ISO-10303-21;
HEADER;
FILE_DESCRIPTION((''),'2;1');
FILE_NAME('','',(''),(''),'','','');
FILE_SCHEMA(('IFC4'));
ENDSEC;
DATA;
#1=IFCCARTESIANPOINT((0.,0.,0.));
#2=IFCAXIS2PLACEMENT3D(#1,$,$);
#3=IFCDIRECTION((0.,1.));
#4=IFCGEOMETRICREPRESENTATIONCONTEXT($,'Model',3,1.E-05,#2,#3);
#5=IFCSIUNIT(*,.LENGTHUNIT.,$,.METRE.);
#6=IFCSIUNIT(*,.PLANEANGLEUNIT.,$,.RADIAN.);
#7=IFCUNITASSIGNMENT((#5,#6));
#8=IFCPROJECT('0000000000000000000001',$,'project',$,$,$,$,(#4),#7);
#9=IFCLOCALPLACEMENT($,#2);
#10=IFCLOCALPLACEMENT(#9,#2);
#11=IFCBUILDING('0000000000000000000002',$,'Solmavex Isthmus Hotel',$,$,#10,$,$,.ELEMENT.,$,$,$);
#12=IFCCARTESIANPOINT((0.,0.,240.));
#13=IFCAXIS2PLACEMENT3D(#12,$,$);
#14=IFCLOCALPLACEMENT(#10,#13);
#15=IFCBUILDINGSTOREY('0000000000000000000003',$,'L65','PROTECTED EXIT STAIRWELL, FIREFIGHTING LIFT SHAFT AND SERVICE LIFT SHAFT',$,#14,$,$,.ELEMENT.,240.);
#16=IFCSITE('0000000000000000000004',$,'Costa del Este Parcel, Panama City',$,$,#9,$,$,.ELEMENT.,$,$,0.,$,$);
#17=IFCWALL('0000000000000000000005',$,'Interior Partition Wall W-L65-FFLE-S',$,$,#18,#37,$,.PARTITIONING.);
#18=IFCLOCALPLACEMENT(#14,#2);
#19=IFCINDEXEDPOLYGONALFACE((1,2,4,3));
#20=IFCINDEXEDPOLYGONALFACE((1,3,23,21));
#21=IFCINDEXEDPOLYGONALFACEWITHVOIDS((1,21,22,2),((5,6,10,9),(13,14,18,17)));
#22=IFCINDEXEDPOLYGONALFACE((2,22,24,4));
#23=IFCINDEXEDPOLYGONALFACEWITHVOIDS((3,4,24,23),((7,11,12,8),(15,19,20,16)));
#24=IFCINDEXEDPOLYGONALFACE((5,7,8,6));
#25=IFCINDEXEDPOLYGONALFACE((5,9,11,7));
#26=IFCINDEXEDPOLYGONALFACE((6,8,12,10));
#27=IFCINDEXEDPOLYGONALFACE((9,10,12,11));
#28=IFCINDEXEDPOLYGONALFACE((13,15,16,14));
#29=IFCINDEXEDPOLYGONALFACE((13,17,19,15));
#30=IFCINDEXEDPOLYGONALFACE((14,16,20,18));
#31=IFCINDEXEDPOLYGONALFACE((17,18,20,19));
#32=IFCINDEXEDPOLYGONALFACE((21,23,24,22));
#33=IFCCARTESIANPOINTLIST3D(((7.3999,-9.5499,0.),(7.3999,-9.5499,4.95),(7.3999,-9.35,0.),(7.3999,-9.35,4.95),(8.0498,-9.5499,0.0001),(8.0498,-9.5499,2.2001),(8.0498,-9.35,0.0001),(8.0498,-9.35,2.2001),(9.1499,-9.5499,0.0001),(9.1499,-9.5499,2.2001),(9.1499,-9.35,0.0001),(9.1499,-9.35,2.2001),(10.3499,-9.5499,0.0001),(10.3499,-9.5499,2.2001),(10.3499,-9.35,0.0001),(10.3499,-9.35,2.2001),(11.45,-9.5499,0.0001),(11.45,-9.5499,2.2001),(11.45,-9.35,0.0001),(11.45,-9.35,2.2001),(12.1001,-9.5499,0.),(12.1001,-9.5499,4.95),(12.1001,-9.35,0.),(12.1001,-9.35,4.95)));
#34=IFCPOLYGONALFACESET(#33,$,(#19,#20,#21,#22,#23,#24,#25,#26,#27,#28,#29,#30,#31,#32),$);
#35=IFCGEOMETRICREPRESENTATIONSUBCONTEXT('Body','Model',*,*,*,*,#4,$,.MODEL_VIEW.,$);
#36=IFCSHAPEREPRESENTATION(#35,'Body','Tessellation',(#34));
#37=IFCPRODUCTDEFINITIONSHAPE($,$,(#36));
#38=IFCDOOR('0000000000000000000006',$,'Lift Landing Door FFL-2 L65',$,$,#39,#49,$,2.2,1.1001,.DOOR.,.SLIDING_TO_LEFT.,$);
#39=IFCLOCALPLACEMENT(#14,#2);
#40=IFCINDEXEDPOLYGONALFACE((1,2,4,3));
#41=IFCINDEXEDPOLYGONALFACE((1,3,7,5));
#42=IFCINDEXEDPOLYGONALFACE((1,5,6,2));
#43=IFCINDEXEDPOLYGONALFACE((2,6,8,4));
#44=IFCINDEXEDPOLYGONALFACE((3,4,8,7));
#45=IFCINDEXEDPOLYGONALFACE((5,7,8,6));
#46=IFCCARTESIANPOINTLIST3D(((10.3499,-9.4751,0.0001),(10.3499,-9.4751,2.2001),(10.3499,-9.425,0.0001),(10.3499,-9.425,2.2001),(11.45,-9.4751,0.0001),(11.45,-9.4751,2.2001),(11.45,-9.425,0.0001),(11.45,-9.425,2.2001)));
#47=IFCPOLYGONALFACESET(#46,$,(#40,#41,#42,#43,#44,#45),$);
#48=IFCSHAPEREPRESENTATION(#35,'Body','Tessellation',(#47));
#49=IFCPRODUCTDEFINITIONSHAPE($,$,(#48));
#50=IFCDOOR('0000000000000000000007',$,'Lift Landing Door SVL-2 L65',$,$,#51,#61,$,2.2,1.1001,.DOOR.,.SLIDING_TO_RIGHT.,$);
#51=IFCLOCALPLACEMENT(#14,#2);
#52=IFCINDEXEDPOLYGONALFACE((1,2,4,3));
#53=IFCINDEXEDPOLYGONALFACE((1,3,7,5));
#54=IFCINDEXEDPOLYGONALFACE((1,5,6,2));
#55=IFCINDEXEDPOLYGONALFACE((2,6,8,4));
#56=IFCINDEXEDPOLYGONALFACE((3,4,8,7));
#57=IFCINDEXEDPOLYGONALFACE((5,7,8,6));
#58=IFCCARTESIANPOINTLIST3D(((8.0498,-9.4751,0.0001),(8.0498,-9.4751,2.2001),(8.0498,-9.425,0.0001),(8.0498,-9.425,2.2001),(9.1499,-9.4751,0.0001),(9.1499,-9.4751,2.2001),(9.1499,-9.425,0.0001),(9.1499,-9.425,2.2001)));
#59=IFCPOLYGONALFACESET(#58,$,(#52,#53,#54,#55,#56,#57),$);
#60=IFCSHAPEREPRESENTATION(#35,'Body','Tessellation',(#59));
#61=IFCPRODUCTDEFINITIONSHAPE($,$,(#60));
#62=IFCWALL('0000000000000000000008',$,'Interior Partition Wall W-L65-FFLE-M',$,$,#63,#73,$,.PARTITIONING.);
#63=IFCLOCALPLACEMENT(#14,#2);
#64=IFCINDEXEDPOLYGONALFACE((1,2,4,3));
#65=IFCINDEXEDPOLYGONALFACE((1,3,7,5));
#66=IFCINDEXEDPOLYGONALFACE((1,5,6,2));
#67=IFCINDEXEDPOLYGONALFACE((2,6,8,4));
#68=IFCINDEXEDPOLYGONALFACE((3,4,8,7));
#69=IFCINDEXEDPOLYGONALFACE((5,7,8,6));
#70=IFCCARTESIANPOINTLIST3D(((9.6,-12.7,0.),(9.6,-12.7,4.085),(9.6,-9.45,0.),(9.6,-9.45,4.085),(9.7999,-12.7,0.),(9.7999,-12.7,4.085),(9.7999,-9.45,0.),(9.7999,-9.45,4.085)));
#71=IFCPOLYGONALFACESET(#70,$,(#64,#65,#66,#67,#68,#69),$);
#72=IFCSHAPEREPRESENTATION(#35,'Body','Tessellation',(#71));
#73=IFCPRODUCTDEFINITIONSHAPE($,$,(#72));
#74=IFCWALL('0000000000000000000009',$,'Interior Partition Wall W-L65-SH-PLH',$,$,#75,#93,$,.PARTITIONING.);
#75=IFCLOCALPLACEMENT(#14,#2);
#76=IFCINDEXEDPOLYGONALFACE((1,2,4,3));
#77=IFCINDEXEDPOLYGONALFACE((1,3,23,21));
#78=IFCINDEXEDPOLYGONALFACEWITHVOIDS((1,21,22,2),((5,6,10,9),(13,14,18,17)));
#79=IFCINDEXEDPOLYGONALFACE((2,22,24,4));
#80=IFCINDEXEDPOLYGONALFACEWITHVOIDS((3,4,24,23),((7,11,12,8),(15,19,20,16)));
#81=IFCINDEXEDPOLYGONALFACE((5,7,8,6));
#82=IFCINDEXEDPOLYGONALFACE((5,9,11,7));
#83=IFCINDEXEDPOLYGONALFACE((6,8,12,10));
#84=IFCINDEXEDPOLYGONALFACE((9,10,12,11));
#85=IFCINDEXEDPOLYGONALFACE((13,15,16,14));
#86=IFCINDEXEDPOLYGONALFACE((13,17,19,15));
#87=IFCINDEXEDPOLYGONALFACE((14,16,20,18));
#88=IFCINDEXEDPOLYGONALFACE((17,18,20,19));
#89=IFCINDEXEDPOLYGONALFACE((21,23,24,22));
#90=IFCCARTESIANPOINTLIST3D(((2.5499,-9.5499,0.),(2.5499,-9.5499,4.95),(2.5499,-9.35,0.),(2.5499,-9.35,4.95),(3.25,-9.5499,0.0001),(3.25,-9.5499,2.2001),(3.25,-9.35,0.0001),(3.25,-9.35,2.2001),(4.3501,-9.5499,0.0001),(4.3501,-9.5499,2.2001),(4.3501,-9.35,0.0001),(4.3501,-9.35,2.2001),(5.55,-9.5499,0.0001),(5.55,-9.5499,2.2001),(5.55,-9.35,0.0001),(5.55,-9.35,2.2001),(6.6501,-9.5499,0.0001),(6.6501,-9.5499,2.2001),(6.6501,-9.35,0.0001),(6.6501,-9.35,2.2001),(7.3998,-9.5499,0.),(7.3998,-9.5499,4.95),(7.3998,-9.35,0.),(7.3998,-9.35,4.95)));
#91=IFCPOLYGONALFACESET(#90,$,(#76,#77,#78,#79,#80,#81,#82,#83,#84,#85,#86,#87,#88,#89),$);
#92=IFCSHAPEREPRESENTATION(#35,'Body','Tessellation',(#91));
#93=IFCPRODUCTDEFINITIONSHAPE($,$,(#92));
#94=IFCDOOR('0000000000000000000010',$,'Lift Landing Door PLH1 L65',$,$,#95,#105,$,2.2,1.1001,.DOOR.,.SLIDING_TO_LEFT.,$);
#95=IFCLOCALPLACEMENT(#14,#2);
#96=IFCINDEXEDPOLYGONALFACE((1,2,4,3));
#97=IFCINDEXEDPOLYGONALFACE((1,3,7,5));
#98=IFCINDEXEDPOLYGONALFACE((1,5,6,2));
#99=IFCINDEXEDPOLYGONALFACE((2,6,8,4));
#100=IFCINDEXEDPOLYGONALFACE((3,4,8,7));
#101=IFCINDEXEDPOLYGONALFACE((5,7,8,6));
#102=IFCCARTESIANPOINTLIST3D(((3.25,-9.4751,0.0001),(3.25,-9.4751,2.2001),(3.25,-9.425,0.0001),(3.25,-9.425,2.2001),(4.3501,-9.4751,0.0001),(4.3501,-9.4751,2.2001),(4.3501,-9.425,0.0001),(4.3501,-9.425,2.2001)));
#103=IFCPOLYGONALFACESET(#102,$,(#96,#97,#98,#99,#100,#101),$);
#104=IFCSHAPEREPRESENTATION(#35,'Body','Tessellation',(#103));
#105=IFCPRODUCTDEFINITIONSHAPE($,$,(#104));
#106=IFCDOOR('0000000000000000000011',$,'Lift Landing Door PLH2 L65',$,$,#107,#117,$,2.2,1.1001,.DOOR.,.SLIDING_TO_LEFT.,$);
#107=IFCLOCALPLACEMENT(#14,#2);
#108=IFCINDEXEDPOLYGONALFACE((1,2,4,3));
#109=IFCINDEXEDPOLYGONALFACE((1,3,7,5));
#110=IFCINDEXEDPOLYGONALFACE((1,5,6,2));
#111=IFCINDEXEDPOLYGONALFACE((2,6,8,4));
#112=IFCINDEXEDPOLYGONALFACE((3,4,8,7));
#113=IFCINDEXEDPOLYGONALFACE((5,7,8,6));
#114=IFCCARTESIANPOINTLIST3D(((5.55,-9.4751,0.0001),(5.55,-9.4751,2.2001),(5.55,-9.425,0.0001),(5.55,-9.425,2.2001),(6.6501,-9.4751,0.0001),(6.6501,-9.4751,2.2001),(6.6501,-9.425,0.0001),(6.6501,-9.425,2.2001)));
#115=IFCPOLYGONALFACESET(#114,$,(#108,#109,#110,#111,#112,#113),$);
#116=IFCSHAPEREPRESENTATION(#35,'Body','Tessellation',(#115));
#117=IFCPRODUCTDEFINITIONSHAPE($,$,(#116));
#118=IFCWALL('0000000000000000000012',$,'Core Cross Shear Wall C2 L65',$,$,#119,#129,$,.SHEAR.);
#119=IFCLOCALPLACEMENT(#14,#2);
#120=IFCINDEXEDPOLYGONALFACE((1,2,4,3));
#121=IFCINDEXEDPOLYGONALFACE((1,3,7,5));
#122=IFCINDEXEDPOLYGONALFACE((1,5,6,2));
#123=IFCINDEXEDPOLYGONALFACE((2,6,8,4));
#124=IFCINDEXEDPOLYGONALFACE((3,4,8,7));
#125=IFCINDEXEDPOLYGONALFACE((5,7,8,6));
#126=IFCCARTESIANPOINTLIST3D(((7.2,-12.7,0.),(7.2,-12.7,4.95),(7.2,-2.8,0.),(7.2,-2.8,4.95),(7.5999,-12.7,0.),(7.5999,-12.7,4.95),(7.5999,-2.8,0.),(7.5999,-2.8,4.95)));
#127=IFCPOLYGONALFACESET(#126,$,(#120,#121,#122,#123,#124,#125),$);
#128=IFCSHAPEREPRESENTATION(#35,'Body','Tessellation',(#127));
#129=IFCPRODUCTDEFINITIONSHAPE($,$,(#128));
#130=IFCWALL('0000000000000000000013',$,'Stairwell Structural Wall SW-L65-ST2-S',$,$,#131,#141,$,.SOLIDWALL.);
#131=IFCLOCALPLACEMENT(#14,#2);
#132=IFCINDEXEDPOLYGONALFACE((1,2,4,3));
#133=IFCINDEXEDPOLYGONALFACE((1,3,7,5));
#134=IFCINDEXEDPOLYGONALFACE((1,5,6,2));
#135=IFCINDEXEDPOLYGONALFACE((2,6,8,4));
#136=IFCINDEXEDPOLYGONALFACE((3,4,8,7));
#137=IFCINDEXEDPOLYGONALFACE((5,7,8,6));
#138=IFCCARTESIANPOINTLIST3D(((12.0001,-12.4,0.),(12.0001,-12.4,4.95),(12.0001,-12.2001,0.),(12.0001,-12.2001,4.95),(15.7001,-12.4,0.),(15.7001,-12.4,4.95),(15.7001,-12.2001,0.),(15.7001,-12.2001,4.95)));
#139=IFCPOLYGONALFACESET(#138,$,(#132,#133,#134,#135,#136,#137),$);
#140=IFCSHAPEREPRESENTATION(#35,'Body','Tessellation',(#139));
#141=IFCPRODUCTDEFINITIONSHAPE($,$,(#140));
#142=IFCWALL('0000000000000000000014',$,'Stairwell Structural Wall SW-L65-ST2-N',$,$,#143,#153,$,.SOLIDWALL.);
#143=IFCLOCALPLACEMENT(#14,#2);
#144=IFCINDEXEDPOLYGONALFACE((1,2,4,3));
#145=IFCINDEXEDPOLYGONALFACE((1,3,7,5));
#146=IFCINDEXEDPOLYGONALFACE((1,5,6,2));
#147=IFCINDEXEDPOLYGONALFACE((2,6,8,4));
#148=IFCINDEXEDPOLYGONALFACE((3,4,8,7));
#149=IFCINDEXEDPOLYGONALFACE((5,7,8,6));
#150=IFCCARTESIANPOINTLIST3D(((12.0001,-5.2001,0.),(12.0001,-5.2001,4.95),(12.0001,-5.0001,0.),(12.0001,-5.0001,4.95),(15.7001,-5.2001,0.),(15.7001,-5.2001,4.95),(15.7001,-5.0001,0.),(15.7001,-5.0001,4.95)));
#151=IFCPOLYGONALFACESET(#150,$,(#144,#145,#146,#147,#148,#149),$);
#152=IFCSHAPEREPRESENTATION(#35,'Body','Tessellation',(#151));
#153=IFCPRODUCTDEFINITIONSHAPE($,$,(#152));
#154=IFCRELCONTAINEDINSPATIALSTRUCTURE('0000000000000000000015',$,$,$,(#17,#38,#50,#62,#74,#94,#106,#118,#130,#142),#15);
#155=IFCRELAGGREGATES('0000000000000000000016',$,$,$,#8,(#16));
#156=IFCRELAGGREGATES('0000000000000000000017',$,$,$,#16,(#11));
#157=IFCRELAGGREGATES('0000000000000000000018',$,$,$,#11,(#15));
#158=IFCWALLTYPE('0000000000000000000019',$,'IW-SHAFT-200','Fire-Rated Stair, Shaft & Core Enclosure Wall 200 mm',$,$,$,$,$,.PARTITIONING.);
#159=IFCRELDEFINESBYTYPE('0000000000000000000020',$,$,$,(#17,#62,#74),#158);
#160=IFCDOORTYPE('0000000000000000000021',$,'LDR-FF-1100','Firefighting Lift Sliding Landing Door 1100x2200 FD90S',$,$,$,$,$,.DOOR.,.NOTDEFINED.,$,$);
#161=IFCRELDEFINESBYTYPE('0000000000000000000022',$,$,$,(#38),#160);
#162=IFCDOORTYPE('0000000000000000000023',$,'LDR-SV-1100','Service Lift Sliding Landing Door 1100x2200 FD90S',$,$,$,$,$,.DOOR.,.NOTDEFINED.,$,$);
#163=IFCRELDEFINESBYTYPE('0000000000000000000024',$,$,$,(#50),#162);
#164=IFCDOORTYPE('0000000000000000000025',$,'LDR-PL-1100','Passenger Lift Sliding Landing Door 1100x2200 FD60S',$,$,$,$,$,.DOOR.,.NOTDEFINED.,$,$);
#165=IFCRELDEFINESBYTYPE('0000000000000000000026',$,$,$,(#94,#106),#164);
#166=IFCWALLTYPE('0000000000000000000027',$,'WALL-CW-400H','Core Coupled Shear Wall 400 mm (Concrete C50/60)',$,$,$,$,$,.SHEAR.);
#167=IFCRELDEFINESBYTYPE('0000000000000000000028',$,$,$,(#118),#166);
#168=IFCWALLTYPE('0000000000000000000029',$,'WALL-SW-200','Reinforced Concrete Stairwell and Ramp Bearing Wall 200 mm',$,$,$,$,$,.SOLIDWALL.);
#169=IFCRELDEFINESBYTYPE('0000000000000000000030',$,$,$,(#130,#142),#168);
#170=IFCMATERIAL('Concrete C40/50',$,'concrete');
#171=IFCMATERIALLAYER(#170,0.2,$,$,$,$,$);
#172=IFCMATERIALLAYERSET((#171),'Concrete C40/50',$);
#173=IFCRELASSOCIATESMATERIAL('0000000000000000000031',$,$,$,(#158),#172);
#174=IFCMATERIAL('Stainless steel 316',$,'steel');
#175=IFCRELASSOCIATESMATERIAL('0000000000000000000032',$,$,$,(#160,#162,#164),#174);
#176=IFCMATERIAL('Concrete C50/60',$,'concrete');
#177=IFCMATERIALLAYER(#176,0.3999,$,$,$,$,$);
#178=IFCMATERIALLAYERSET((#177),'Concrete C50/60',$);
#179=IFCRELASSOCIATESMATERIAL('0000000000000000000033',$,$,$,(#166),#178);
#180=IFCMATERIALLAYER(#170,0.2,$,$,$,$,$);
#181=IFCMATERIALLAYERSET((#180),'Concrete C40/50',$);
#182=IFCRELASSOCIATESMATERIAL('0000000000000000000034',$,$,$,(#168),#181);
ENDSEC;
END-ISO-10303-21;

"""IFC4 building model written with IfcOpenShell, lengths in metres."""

from ifc_helpers import new_model, si_unit, direction, frame, frame_2d, origin, place, context, subcontext, project, spatial, rectangle, extrude, material, layer, layer_set, type_object, element, fill, save


model = new_model("IFC4")

# Units and contexts
model_context = context("Model", 3, precision=1e-05, world=origin(), true_north=direction((0.0, 1.0)))
body_context = subcontext(model_context, "Body", "Model", "MODEL_VIEW")
ifc_project = project(units=[si_unit("LENGTHUNIT", "METRE"), si_unit("PLANEANGLEUNIT", "RADIAN")], contexts=[model_context])

# Site, building, storey
site_placement = place(None, origin())
site = spatial("IfcSite", under=ifc_project, at=site_placement, Name="Costa del Este Parcel, Panama City", CompositionType="ELEMENT", RefElevation=0.0)
building_placement = place(site_placement, origin())
building = spatial("IfcBuilding", under=site, at=building_placement, Name="Solmavex Isthmus Hotel", CompositionType="ELEMENT")
storey_placement = place(building_placement, frame((0.0, 0.0, 240.0)))
storey = spatial("IfcBuildingStorey", under=building, at=storey_placement, Name="L65", Description="PROTECTED EXIT STAIRWELL, FIREFIGHTING LIFT SHAFT AND SERVICE LIFT SHAFT", CompositionType="ELEMENT", Elevation=240.0)

# Shared definitions
ifc_material_1 = material(Name="Concrete C50/60", Category="concrete")

# Shared definitions
ifc_material_2 = material(Name="Concrete C40/50", Category="concrete")

# Shared definitions
ifc_layer_1 = layer(ifc_material_2, 0.2)
ifc_layer_set_1 = layer_set([ifc_layer_1], Name="Concrete C40/50")
wall_type_1 = type_object("IfcWallType", Name="IW-SHAFT-200", Description="Fire-Rated Stair, Shaft & Core Enclosure Wall 200 mm", PredefinedType="PARTITIONING", material=ifc_layer_set_1)

# Wall, openings, doors
wall_1_placement = place(storey_placement, frame((7.3999, -9.45, 0.0), z_axis=(0.0, 0.0, 1.0), x_axis=(1.0, 0.0, 0.0)))
wall_1 = element("IfcWall", 1, at=wall_1_placement, inside=storey, type_object=wall_type_1, Name="Interior Partition Wall W-L65-FFLE-S", PredefinedType="PARTITIONING", context=body_context, shape_type="SweptSolid", body=[
    extrude(rectangle(XDim=4.7002, YDim=0.2, at=frame_2d((2.3501, 0.0))), origin(), (0.0, 0.0, 1.0), 4.95),
])
opening_1_placement = place(wall_1_placement, frame((2.95, 0.0, 0.0)))
opening_1 = element("IfcOpeningElement", 2, at=opening_1_placement, cuts=wall_1, PredefinedType="OPENING", context=body_context, shape_type="SweptSolid", body=[
    extrude(rectangle(XDim=1.1001, YDim=2.2, at=frame_2d((0.55, 1.1001))), frame((0.0, 0.1099, 0.0), z_axis=(0.0, -1.0, 0.0), x_axis=(1.0, 0.0, 0.0)), (0.0, 0.0, 1.0), 0.22),
])
opening_2_placement = place(wall_1_placement, frame((0.6499, 0.0, 0.0)))
opening_2 = element("IfcOpeningElement", 3, at=opening_2_placement, cuts=wall_1, PredefinedType="OPENING", context=body_context, shape_type="SweptSolid", body=[
    extrude(rectangle(XDim=1.1001, YDim=2.2, at=frame_2d((0.55, 1.1001))), frame((0.0, 0.1099, 0.0), z_axis=(0.0, -1.0, 0.0), x_axis=(1.0, 0.0, 0.0)), (0.0, 0.0, 1.0), 0.22),
])
ifc_material_3 = material(Name="Stainless steel 316", Category="steel")
door_type_1 = type_object("IfcDoorType", Name="LDR-FF-1100", Description="Firefighting Lift Sliding Landing Door 1100x2200 FD90S", OperationType="NOTDEFINED", PredefinedType="DOOR", material=ifc_material_3)
door_1_placement = place(opening_1_placement, origin())
door_1 = element("IfcDoor", 4, at=door_1_placement, inside=storey, type_object=door_type_1, Name="Lift Landing Door FFL-2 L65", OperationType="SLIDING_TO_LEFT", OverallHeight=2.2, OverallWidth=1.1001, PredefinedType="DOOR", context=body_context, shape_type="SweptSolid", body=[
    extrude(rectangle(XDim=1.1001, YDim=2.2, at=frame_2d((0.55, 1.1001))), frame((0.0, 0.0249, 0.0), z_axis=(0.0, -1.0, 0.0), x_axis=(1.0, 0.0, 0.0)), (0.0, 0.0, 1.0), 0.05),
])
fill(opening_1, door_1)
door_type_2 = type_object("IfcDoorType", Name="LDR-SV-1100", Description="Service Lift Sliding Landing Door 1100x2200 FD90S", OperationType="NOTDEFINED", PredefinedType="DOOR", material=ifc_material_3)
door_2_placement = place(opening_2_placement, origin())
door_2 = element("IfcDoor", 5, at=door_2_placement, inside=storey, type_object=door_type_2, Name="Lift Landing Door SVL-2 L65", OperationType="SLIDING_TO_RIGHT", OverallHeight=2.2, OverallWidth=1.1001, PredefinedType="DOOR", context=body_context, shape_type="SweptSolid", body=[
    extrude(rectangle(XDim=1.1001, YDim=2.2, at=frame_2d((0.55, 1.1001))), frame((0.0, 0.0249, 0.0), z_axis=(0.0, -1.0, 0.0), x_axis=(1.0, 0.0, 0.0)), (0.0, 0.0, 1.0), 0.05),
])
fill(opening_2, door_2)

# Wall
wall_2_placement = place(storey_placement, frame((9.7, -12.7, 0.0), z_axis=(0.0, 0.0, 1.0), x_axis=(0.0, 1.0, 0.0)))
element("IfcWall", 6, at=wall_2_placement, inside=storey, type_object=wall_type_1, Name="Interior Partition Wall W-L65-FFLE-M", PredefinedType="PARTITIONING", context=body_context, shape_type="SweptSolid", body=[
    extrude(rectangle(XDim=3.25, YDim=0.2, at=frame_2d((1.625, 0.0))), origin(), (0.0, 0.0, 1.0), 4.085),
])

# Wall, openings, doors
wall_3_placement = place(storey_placement, frame((2.55, -9.45, 0.0), z_axis=(0.0, 0.0, 1.0), x_axis=(1.0, 0.0, 0.0)))
wall_3 = element("IfcWall", 7, at=wall_3_placement, inside=storey, type_object=wall_type_1, Name="Interior Partition Wall W-L65-SH-PLH", PredefinedType="PARTITIONING", context=body_context, shape_type="SweptSolid", body=[
    extrude(rectangle(XDim=4.8499, YDim=0.2, at=frame_2d((2.4248, 0.0))), origin(), (0.0, 0.0, 1.0), 4.95),
])
opening_3_placement = place(wall_3_placement, frame((0.7, 0.0, 0.0)))
opening_3 = element("IfcOpeningElement", 8, at=opening_3_placement, cuts=wall_3, PredefinedType="OPENING", context=body_context, shape_type="SweptSolid", body=[
    extrude(rectangle(XDim=1.1001, YDim=2.2, at=frame_2d((0.55, 1.1001))), frame((0.0, 0.1099, 0.0), z_axis=(0.0, -1.0, 0.0), x_axis=(1.0, 0.0, 0.0)), (0.0, 0.0, 1.0), 0.22),
])
opening_4_placement = place(wall_3_placement, frame((3.0, 0.0, 0.0)))
opening_4 = element("IfcOpeningElement", 9, at=opening_4_placement, cuts=wall_3, PredefinedType="OPENING", context=body_context, shape_type="SweptSolid", body=[
    extrude(rectangle(XDim=1.1001, YDim=2.2, at=frame_2d((0.55, 1.1001))), frame((0.0, 0.1099, 0.0), z_axis=(0.0, -1.0, 0.0), x_axis=(1.0, 0.0, 0.0)), (0.0, 0.0, 1.0), 0.22),
])
door_type_3 = type_object("IfcDoorType", Name="LDR-PL-1100", Description="Passenger Lift Sliding Landing Door 1100x2200 FD60S", OperationType="NOTDEFINED", PredefinedType="DOOR", material=ifc_material_3)
door_3_placement = place(opening_3_placement, origin())
door_3 = element("IfcDoor", 10, at=door_3_placement, inside=storey, type_object=door_type_3, Name="Lift Landing Door PLH1 L65", OperationType="SLIDING_TO_LEFT", OverallHeight=2.2, OverallWidth=1.1001, PredefinedType="DOOR", context=body_context, shape_type="SweptSolid", body=[
    extrude(rectangle(XDim=1.1001, YDim=2.2, at=frame_2d((0.55, 1.1001))), frame((0.0, 0.0249, 0.0), z_axis=(0.0, -1.0, 0.0), x_axis=(1.0, 0.0, 0.0)), (0.0, 0.0, 1.0), 0.05),
])
fill(opening_3, door_3)
door_4_placement = place(opening_4_placement, origin())
door_4 = element("IfcDoor", 11, at=door_4_placement, inside=storey, type_object=door_type_3, Name="Lift Landing Door PLH2 L65", OperationType="SLIDING_TO_LEFT", OverallHeight=2.2, OverallWidth=1.1001, PredefinedType="DOOR", context=body_context, shape_type="SweptSolid", body=[
    extrude(rectangle(XDim=1.1001, YDim=2.2, at=frame_2d((0.55, 1.1001))), frame((0.0, 0.0249, 0.0), z_axis=(0.0, -1.0, 0.0), x_axis=(1.0, 0.0, 0.0)), (0.0, 0.0, 1.0), 0.05),
])
fill(opening_4, door_4)

# Walls
ifc_layer_2 = layer(ifc_material_1, 0.3999)
ifc_layer_set_2 = layer_set([ifc_layer_2], Name="Concrete C50/60")
wall_type_2 = type_object("IfcWallType", Name="WALL-CW-400H", Description="Core Coupled Shear Wall 400 mm (Concrete C50/60)", PredefinedType="SHEAR", material=ifc_layer_set_2)
wall_4_placement = place(storey_placement, frame((7.3999, -12.7, 0.0), z_axis=(0.0, 0.0, 1.0), x_axis=(0.0, 1.0, 0.0)))
element("IfcWall", 12, at=wall_4_placement, inside=storey, type_object=wall_type_2, Name="Core Cross Shear Wall C2 L65", PredefinedType="SHEAR", context=body_context, shape_type="SweptSolid", body=[
    extrude(rectangle(XDim=9.8999, YDim=0.3999, at=frame_2d((4.95, 0.0))), origin(), (0.0, 0.0, 1.0), 4.95),
])
ifc_layer_3 = layer(ifc_material_2, 0.2)
ifc_layer_set_3 = layer_set([ifc_layer_3], Name="Concrete C40/50")
wall_type_3 = type_object("IfcWallType", Name="WALL-SW-200", Description="Reinforced Concrete Stairwell and Ramp Bearing Wall 200 mm", PredefinedType="SOLIDWALL", material=ifc_layer_set_3)
for number, where, z_axis, x_axis, name in (
    (13, (12.0, -12.3, 0.0), (0.0, 0.0, 1.0), (1.0, 0.0, 0.0), "Stairwell Structural Wall SW-L65-ST2-S"),
    (14, (12.0, -5.1001, 0.0), (0.0, 0.0, 1.0), (1.0, 0.0, 0.0), "Stairwell Structural Wall SW-L65-ST2-N"),
):
    element("IfcWall", number, at=place(storey_placement, frame(where, z_axis=z_axis, x_axis=x_axis)), inside=storey, type_object=wall_type_3, Name=name, PredefinedType="SOLIDWALL", context=body_context, shape_type="SweptSolid", body=[
        extrude(rectangle(XDim=3.7, YDim=0.2, at=frame_2d((1.8501, 0.0))), origin(), (0.0, 0.0, 1.0), 4.95),
    ])

save(model, "model.ifc")
